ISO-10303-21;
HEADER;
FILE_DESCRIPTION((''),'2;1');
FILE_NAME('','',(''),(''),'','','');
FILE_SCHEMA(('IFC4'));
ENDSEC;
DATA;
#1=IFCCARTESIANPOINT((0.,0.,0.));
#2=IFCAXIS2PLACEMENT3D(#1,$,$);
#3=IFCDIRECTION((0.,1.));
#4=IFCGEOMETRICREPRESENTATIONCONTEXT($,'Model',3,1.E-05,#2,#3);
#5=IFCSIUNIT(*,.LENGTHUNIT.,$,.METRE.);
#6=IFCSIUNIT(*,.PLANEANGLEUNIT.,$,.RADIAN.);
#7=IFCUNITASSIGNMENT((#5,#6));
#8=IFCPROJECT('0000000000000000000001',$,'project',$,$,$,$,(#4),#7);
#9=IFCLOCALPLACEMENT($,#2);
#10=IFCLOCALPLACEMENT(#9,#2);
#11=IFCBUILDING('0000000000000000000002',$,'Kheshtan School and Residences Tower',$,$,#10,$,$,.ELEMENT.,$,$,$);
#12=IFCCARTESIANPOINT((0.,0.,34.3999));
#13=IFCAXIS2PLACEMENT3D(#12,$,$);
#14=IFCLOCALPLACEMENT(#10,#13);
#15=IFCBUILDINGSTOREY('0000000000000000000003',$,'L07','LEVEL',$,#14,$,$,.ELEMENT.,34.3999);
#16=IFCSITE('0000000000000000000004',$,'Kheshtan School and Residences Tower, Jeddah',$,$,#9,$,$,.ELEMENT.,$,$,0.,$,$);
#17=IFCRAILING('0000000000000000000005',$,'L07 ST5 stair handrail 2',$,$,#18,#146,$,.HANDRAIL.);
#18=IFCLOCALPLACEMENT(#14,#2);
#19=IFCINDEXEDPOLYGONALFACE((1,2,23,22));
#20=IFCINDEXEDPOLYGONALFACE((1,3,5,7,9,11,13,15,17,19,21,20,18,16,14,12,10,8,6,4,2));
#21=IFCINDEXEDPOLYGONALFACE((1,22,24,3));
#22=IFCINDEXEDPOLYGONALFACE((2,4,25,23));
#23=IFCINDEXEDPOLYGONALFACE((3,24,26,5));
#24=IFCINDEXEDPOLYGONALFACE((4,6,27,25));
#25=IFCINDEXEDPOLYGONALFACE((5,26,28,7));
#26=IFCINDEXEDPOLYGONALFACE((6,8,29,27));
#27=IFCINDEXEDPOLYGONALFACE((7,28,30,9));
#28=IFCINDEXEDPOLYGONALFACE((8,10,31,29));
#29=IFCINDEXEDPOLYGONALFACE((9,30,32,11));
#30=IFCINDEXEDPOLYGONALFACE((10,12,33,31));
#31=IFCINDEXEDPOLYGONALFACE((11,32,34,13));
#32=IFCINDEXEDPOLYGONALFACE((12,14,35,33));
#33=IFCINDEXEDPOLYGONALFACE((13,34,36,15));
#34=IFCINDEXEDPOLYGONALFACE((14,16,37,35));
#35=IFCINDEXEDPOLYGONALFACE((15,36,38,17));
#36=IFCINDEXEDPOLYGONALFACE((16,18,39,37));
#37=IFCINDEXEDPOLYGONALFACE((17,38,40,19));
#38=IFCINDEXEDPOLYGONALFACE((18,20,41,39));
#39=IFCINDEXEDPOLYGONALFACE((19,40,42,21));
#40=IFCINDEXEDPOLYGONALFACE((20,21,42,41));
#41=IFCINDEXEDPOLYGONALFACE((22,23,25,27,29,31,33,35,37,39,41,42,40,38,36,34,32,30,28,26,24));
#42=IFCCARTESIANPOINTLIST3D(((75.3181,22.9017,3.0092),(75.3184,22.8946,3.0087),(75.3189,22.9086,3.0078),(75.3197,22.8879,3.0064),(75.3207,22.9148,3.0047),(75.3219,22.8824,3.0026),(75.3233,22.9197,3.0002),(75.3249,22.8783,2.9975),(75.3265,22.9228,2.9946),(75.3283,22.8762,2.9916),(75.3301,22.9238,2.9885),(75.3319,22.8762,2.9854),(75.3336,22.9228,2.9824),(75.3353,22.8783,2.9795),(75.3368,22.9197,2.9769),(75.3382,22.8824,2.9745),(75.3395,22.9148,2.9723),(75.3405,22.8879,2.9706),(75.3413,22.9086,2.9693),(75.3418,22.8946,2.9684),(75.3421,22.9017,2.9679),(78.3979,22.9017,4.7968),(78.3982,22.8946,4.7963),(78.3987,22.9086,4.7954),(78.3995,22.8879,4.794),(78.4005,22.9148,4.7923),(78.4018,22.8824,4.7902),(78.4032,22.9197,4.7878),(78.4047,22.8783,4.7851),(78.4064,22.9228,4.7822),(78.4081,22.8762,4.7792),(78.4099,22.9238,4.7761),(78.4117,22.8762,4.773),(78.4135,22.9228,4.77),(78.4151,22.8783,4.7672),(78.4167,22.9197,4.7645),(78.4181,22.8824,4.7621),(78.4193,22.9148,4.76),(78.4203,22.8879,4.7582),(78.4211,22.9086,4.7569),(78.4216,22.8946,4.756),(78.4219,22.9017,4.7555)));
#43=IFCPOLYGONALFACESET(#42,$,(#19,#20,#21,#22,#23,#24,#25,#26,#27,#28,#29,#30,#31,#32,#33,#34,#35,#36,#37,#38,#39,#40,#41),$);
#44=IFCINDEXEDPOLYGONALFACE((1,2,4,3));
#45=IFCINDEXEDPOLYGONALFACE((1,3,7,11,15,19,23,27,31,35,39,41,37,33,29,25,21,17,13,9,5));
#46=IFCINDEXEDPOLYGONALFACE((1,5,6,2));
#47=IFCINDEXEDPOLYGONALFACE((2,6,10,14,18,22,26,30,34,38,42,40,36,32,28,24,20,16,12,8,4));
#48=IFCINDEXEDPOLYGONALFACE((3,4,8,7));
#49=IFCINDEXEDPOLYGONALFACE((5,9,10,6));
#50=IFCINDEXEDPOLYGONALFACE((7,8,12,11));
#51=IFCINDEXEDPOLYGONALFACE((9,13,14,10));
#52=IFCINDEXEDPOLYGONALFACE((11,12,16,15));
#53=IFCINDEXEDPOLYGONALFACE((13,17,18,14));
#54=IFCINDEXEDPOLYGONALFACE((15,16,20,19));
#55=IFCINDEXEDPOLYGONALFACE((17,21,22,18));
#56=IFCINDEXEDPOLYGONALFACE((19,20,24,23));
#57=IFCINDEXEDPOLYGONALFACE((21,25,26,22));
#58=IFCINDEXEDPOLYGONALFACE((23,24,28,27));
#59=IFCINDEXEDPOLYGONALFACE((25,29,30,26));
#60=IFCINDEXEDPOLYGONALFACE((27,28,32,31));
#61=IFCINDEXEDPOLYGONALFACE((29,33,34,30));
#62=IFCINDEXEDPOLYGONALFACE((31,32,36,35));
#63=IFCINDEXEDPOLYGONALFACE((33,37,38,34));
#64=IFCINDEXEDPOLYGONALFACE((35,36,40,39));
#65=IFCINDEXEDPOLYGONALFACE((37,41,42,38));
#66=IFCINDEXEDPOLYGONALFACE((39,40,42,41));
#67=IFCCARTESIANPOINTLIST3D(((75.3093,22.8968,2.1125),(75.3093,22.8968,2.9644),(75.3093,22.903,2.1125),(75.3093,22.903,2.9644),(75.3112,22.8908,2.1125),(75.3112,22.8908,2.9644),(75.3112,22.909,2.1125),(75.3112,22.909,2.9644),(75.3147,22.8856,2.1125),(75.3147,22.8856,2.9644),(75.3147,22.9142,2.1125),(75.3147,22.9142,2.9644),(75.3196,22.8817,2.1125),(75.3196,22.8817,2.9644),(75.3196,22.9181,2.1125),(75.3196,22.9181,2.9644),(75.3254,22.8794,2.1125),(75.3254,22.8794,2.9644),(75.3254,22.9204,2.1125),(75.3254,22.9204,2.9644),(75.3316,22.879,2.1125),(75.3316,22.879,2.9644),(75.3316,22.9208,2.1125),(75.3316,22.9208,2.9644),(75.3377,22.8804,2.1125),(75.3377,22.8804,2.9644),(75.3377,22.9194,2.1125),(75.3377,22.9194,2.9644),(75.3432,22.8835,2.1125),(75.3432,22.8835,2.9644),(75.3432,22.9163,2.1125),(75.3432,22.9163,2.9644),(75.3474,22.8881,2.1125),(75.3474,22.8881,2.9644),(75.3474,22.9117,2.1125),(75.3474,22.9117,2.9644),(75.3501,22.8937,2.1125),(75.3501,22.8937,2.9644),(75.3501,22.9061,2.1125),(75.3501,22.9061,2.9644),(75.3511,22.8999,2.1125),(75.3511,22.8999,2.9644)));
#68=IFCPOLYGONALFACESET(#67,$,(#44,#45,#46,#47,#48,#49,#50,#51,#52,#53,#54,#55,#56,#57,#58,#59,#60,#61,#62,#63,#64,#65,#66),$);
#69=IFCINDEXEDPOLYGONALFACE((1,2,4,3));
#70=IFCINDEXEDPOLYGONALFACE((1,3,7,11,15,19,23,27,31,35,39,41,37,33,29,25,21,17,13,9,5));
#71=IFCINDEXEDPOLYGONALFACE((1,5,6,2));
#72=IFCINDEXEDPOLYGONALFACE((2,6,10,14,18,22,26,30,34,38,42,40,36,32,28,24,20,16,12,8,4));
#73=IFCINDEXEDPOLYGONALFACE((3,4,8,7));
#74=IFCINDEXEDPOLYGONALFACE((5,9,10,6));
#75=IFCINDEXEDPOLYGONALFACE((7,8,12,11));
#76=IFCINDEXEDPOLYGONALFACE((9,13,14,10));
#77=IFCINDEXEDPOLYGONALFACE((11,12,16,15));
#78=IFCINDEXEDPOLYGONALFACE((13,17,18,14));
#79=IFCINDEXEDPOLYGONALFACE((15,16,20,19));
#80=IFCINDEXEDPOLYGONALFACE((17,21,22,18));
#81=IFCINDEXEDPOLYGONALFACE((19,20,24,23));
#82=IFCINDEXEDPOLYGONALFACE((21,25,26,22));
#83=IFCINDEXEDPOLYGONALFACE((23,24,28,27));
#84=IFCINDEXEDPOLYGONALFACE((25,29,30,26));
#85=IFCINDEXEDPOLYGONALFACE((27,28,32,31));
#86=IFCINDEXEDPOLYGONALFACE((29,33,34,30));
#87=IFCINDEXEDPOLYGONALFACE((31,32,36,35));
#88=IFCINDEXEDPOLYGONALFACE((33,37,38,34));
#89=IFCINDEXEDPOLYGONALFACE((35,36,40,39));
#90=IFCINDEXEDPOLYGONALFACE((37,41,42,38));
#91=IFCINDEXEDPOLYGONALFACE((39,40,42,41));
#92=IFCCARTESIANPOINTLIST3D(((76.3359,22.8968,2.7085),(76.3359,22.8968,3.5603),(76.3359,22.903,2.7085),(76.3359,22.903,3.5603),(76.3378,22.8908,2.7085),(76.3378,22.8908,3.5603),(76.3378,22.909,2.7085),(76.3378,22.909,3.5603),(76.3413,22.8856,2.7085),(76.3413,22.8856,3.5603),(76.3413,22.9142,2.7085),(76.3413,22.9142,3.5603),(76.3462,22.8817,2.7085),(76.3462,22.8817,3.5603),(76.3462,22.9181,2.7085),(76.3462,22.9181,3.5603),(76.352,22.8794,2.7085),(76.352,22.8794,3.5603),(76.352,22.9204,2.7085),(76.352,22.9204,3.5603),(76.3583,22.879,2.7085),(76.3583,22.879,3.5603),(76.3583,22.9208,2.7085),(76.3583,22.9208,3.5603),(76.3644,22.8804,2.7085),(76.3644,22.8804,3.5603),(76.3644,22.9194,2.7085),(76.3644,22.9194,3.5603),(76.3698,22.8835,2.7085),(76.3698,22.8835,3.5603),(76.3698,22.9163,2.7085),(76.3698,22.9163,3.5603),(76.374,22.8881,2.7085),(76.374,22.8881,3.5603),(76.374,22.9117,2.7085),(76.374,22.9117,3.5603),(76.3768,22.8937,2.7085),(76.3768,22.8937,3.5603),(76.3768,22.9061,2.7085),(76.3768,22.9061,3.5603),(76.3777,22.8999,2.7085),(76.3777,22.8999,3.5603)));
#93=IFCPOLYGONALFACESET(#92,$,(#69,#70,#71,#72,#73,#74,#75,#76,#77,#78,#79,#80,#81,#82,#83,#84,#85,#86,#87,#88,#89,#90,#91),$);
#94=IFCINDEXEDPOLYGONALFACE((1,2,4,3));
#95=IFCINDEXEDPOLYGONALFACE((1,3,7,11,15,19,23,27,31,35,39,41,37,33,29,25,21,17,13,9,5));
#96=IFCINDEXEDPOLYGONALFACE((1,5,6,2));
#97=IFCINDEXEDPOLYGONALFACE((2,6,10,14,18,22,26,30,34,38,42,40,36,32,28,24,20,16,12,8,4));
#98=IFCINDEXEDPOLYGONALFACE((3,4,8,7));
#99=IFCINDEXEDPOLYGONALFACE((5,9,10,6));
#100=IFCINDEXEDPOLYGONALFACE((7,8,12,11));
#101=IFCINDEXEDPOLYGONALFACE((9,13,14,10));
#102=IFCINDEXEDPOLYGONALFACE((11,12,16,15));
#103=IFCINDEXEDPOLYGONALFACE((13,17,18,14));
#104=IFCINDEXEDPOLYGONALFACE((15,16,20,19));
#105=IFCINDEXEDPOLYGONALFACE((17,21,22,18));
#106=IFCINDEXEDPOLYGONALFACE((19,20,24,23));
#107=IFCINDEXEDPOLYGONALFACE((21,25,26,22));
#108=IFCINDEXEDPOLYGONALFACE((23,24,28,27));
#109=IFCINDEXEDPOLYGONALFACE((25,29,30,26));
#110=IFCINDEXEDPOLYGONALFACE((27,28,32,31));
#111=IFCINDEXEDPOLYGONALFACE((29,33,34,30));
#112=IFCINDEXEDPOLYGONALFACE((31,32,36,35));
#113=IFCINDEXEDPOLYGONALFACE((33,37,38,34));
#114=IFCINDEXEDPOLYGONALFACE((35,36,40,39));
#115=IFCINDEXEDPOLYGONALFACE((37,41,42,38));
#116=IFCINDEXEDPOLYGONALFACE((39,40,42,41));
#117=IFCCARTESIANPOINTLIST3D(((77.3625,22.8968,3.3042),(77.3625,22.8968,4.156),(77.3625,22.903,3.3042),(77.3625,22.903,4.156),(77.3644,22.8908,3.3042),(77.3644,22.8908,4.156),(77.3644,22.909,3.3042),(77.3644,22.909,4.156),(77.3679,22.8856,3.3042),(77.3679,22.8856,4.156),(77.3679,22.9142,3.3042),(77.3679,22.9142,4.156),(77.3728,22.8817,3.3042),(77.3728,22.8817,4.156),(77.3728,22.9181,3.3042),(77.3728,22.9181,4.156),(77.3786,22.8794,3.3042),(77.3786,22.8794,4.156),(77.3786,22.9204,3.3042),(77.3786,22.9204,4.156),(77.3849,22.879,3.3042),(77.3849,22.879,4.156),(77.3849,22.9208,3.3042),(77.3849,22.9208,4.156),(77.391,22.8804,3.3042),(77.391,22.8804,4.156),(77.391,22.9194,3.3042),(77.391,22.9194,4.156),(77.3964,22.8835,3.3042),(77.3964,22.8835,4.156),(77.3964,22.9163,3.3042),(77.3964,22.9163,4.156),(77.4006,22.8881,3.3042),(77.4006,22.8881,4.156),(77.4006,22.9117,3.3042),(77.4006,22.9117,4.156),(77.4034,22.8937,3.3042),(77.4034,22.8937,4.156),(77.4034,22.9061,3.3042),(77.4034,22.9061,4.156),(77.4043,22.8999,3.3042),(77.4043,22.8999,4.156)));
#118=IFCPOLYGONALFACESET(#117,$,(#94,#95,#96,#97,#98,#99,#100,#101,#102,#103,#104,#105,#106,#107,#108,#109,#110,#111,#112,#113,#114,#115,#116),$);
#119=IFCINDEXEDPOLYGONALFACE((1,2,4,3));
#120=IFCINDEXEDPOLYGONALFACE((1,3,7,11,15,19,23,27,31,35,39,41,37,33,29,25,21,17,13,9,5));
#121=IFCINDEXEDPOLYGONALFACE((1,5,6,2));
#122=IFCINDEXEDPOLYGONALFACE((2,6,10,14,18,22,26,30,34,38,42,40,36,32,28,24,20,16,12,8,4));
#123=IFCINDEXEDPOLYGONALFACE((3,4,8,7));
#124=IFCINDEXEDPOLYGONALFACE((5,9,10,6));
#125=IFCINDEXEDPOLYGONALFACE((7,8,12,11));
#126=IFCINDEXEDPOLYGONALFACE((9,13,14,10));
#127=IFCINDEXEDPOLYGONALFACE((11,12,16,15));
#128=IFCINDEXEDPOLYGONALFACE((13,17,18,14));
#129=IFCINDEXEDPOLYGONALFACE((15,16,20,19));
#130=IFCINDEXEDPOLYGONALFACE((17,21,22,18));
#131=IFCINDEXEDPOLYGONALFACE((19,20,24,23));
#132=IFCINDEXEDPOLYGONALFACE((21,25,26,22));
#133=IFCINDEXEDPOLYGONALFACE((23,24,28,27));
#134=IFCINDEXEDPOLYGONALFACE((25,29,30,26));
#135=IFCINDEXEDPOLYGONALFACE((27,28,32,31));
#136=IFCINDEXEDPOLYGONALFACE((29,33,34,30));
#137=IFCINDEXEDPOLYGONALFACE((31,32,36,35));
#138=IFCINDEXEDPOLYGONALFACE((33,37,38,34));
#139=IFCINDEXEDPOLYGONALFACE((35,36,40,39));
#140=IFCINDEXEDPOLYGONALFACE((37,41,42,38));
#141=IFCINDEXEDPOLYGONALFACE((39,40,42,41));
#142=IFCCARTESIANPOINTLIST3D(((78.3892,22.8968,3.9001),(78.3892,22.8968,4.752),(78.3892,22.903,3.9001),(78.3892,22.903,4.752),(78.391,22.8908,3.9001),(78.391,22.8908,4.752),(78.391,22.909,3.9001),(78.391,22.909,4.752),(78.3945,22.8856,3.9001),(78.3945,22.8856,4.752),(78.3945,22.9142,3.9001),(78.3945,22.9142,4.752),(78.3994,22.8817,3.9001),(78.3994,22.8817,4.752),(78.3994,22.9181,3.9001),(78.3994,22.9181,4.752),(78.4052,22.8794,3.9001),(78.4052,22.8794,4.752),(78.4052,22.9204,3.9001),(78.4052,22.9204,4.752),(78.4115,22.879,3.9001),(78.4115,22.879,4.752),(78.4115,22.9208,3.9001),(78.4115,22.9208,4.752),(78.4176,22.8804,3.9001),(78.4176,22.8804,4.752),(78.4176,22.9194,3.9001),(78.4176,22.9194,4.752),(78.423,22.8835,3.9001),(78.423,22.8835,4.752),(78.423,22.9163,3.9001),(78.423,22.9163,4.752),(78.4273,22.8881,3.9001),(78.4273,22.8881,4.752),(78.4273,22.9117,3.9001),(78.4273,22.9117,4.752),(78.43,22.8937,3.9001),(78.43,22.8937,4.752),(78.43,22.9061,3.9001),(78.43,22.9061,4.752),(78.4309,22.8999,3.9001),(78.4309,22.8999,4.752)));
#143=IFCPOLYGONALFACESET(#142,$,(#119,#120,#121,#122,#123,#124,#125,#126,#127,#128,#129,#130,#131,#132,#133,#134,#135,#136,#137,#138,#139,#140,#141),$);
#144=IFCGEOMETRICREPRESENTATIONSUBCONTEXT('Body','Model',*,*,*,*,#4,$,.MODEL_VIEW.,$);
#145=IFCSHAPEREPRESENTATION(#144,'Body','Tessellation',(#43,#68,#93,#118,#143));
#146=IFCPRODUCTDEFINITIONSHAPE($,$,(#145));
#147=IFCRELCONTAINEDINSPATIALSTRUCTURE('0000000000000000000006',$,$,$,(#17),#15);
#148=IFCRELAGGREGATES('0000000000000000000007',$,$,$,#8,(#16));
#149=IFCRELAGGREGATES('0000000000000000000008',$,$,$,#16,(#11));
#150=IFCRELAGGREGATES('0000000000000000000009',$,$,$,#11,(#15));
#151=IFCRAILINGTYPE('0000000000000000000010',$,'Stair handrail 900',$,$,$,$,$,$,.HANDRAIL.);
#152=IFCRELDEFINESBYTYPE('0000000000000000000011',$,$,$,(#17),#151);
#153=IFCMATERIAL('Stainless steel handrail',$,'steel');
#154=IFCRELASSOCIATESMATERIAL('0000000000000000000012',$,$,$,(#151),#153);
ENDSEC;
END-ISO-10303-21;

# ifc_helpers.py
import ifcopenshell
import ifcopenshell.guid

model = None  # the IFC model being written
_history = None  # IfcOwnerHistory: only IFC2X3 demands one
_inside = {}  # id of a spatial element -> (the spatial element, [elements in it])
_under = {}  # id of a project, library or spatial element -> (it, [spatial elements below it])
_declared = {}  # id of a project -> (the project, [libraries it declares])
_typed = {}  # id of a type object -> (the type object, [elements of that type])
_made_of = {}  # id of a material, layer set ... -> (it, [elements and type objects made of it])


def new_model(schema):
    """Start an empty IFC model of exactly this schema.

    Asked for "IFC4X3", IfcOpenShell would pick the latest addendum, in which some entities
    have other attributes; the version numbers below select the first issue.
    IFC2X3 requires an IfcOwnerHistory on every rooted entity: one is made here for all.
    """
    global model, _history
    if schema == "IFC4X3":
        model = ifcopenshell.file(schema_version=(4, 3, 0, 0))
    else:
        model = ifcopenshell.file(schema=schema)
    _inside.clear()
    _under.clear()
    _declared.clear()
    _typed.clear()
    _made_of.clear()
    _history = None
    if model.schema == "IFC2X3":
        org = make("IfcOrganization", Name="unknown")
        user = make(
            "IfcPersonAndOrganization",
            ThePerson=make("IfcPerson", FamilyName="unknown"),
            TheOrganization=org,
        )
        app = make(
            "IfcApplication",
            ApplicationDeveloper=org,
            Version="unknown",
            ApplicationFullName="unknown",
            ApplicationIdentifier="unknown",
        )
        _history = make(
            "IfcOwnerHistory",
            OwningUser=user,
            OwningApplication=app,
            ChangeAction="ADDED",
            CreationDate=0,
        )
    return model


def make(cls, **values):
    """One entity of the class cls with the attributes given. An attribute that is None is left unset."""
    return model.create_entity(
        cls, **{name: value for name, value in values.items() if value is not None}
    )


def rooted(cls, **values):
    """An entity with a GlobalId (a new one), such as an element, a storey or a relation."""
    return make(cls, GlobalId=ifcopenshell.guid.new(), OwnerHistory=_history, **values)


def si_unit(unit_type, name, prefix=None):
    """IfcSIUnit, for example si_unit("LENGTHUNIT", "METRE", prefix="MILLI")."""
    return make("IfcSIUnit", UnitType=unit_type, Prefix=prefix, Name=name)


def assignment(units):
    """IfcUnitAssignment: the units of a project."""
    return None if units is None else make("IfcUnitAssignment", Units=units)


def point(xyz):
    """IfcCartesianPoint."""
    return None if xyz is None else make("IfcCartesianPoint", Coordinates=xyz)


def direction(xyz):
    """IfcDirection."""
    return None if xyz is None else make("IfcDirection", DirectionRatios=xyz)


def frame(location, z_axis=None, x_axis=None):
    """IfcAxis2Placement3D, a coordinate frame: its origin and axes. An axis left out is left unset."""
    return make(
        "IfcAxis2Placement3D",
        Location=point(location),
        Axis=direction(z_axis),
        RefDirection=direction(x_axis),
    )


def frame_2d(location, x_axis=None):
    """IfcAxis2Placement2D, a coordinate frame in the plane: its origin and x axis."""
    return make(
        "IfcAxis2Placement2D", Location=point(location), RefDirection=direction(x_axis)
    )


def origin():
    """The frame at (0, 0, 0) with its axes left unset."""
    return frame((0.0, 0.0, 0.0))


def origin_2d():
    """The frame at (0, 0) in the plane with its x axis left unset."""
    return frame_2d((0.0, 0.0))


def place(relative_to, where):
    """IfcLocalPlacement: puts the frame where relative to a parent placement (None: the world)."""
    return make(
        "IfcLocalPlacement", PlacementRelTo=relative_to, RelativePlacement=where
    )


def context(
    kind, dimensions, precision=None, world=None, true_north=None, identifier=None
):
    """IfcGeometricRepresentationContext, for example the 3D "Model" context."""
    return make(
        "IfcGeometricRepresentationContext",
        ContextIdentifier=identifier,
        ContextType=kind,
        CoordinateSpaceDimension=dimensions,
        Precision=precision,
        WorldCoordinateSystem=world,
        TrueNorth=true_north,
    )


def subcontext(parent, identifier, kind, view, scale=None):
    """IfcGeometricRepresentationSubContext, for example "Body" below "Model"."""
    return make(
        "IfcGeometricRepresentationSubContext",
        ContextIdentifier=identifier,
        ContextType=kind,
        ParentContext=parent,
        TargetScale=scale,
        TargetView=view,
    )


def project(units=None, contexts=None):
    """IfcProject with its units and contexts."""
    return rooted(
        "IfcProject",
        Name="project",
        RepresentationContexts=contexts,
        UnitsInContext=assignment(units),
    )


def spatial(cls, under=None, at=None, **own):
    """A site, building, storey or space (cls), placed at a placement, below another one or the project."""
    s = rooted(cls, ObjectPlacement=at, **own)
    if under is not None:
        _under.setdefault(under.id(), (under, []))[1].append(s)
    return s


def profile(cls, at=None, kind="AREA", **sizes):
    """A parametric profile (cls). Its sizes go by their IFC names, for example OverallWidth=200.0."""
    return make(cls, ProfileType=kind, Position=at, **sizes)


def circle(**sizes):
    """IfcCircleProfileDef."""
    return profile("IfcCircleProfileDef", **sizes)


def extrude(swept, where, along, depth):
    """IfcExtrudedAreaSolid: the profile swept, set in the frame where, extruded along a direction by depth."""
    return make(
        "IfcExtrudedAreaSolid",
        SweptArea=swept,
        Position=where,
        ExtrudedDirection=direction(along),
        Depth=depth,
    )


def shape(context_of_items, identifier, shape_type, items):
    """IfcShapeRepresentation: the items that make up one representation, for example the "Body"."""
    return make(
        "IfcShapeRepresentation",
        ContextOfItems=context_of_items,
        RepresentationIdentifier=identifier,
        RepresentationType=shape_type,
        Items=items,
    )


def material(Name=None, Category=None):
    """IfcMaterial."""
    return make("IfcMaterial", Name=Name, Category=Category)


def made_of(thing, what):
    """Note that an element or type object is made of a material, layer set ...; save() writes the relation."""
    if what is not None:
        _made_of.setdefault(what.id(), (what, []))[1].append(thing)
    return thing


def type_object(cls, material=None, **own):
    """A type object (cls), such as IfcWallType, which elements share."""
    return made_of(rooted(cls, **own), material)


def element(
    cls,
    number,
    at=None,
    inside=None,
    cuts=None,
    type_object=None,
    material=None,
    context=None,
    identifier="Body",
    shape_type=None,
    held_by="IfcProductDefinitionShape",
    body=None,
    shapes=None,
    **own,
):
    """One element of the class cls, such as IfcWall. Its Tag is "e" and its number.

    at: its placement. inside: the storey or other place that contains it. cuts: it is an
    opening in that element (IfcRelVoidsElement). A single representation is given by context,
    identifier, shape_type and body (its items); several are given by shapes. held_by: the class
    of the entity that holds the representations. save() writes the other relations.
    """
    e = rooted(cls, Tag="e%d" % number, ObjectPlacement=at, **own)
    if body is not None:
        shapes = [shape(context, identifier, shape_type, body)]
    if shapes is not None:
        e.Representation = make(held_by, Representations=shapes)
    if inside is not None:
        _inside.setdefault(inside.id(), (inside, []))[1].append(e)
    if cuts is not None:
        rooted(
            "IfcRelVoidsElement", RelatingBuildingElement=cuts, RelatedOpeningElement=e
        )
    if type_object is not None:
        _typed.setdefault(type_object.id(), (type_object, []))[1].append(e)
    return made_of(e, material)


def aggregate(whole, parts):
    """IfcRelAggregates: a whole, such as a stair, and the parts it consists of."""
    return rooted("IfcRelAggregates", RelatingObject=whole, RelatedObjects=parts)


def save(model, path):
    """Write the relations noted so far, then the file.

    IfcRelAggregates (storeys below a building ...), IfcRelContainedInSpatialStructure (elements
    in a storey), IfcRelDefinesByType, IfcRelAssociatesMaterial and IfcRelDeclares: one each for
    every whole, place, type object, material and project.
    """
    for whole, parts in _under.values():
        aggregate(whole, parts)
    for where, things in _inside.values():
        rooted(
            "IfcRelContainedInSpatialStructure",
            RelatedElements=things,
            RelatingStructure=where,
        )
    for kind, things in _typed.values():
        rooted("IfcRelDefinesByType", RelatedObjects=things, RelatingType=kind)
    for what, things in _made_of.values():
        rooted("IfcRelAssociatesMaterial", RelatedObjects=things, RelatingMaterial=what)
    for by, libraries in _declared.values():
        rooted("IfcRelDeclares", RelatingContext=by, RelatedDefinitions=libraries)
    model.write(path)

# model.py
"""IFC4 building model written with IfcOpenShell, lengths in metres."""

from ifc_helpers import new_model, si_unit, direction, frame, origin, origin_2d, place, context, subcontext, project, spatial, circle, extrude, material, type_object, element, save


model = new_model("IFC4")

# Units and contexts
model_context = context("Model", 3, precision=1e-05, world=origin(), true_north=direction((0.0, 1.0)))
body_context = subcontext(model_context, "Body", "Model", "MODEL_VIEW")
ifc_project = project(units=[si_unit("LENGTHUNIT", "METRE"), si_unit("PLANEANGLEUNIT", "RADIAN")], contexts=[model_context])

# Site, building, storey
site_placement = place(None, origin())
site = spatial("IfcSite", under=ifc_project, at=site_placement, Name="Kheshtan School and Residences Tower, Jeddah", CompositionType="ELEMENT", RefElevation=0.0)
building_placement = place(site_placement, origin())
building = spatial("IfcBuilding", under=site, at=building_placement, Name="Kheshtan School and Residences Tower", CompositionType="ELEMENT")
storey_placement = place(building_placement, frame((0.0, 0.0, 34.3999)))
storey = spatial("IfcBuildingStorey", under=building, at=storey_placement, Name="L07", Description="LEVEL", CompositionType="ELEMENT", Elevation=34.3999)

# Railing
ifc_material_1 = material(Name="Stainless steel handrail", Category="steel")
railing_type_1 = type_object("IfcRailingType", Name="Stair handrail 900", PredefinedType="HANDRAIL", material=ifc_material_1)
railing_1_placement = place(storey_placement, frame((75.3301, 22.8999, 2.1125)))
element("IfcRailing", 1, at=railing_1_placement, inside=storey, type_object=railing_type_1, Name="L07 ST5 stair handrail 2", PredefinedType="HANDRAIL", context=body_context, shape_type="SweptSolid", body=[
    extrude(circle(Radius=0.0239, at=origin_2d()), frame((0.0, 0.0, 0.876), z_axis=(0.864873, 0.0, 0.50199), x_axis=(0.0, 1.0, 0.0)), (0.0, 0.0, 1.0), 3.561),
    extrude(circle(Radius=0.021, at=origin_2d()), origin(), (0.0, 0.0, 1.0), 0.8518),
    extrude(circle(Radius=0.021, at=origin_2d()), frame((1.0266, 0.0, 0.5959)), (0.0, 0.0, 1.0), 0.8518),
    extrude(circle(Radius=0.021, at=origin_2d()), frame((2.0532, 0.0, 1.1917)), (0.0, 0.0, 1.0), 0.8518),
    extrude(circle(Radius=0.021, at=origin_2d()), frame((3.0798, 0.0, 1.7876)), (0.0, 0.0, 1.0), 0.8518),
])

save(model, "model.ifc")
